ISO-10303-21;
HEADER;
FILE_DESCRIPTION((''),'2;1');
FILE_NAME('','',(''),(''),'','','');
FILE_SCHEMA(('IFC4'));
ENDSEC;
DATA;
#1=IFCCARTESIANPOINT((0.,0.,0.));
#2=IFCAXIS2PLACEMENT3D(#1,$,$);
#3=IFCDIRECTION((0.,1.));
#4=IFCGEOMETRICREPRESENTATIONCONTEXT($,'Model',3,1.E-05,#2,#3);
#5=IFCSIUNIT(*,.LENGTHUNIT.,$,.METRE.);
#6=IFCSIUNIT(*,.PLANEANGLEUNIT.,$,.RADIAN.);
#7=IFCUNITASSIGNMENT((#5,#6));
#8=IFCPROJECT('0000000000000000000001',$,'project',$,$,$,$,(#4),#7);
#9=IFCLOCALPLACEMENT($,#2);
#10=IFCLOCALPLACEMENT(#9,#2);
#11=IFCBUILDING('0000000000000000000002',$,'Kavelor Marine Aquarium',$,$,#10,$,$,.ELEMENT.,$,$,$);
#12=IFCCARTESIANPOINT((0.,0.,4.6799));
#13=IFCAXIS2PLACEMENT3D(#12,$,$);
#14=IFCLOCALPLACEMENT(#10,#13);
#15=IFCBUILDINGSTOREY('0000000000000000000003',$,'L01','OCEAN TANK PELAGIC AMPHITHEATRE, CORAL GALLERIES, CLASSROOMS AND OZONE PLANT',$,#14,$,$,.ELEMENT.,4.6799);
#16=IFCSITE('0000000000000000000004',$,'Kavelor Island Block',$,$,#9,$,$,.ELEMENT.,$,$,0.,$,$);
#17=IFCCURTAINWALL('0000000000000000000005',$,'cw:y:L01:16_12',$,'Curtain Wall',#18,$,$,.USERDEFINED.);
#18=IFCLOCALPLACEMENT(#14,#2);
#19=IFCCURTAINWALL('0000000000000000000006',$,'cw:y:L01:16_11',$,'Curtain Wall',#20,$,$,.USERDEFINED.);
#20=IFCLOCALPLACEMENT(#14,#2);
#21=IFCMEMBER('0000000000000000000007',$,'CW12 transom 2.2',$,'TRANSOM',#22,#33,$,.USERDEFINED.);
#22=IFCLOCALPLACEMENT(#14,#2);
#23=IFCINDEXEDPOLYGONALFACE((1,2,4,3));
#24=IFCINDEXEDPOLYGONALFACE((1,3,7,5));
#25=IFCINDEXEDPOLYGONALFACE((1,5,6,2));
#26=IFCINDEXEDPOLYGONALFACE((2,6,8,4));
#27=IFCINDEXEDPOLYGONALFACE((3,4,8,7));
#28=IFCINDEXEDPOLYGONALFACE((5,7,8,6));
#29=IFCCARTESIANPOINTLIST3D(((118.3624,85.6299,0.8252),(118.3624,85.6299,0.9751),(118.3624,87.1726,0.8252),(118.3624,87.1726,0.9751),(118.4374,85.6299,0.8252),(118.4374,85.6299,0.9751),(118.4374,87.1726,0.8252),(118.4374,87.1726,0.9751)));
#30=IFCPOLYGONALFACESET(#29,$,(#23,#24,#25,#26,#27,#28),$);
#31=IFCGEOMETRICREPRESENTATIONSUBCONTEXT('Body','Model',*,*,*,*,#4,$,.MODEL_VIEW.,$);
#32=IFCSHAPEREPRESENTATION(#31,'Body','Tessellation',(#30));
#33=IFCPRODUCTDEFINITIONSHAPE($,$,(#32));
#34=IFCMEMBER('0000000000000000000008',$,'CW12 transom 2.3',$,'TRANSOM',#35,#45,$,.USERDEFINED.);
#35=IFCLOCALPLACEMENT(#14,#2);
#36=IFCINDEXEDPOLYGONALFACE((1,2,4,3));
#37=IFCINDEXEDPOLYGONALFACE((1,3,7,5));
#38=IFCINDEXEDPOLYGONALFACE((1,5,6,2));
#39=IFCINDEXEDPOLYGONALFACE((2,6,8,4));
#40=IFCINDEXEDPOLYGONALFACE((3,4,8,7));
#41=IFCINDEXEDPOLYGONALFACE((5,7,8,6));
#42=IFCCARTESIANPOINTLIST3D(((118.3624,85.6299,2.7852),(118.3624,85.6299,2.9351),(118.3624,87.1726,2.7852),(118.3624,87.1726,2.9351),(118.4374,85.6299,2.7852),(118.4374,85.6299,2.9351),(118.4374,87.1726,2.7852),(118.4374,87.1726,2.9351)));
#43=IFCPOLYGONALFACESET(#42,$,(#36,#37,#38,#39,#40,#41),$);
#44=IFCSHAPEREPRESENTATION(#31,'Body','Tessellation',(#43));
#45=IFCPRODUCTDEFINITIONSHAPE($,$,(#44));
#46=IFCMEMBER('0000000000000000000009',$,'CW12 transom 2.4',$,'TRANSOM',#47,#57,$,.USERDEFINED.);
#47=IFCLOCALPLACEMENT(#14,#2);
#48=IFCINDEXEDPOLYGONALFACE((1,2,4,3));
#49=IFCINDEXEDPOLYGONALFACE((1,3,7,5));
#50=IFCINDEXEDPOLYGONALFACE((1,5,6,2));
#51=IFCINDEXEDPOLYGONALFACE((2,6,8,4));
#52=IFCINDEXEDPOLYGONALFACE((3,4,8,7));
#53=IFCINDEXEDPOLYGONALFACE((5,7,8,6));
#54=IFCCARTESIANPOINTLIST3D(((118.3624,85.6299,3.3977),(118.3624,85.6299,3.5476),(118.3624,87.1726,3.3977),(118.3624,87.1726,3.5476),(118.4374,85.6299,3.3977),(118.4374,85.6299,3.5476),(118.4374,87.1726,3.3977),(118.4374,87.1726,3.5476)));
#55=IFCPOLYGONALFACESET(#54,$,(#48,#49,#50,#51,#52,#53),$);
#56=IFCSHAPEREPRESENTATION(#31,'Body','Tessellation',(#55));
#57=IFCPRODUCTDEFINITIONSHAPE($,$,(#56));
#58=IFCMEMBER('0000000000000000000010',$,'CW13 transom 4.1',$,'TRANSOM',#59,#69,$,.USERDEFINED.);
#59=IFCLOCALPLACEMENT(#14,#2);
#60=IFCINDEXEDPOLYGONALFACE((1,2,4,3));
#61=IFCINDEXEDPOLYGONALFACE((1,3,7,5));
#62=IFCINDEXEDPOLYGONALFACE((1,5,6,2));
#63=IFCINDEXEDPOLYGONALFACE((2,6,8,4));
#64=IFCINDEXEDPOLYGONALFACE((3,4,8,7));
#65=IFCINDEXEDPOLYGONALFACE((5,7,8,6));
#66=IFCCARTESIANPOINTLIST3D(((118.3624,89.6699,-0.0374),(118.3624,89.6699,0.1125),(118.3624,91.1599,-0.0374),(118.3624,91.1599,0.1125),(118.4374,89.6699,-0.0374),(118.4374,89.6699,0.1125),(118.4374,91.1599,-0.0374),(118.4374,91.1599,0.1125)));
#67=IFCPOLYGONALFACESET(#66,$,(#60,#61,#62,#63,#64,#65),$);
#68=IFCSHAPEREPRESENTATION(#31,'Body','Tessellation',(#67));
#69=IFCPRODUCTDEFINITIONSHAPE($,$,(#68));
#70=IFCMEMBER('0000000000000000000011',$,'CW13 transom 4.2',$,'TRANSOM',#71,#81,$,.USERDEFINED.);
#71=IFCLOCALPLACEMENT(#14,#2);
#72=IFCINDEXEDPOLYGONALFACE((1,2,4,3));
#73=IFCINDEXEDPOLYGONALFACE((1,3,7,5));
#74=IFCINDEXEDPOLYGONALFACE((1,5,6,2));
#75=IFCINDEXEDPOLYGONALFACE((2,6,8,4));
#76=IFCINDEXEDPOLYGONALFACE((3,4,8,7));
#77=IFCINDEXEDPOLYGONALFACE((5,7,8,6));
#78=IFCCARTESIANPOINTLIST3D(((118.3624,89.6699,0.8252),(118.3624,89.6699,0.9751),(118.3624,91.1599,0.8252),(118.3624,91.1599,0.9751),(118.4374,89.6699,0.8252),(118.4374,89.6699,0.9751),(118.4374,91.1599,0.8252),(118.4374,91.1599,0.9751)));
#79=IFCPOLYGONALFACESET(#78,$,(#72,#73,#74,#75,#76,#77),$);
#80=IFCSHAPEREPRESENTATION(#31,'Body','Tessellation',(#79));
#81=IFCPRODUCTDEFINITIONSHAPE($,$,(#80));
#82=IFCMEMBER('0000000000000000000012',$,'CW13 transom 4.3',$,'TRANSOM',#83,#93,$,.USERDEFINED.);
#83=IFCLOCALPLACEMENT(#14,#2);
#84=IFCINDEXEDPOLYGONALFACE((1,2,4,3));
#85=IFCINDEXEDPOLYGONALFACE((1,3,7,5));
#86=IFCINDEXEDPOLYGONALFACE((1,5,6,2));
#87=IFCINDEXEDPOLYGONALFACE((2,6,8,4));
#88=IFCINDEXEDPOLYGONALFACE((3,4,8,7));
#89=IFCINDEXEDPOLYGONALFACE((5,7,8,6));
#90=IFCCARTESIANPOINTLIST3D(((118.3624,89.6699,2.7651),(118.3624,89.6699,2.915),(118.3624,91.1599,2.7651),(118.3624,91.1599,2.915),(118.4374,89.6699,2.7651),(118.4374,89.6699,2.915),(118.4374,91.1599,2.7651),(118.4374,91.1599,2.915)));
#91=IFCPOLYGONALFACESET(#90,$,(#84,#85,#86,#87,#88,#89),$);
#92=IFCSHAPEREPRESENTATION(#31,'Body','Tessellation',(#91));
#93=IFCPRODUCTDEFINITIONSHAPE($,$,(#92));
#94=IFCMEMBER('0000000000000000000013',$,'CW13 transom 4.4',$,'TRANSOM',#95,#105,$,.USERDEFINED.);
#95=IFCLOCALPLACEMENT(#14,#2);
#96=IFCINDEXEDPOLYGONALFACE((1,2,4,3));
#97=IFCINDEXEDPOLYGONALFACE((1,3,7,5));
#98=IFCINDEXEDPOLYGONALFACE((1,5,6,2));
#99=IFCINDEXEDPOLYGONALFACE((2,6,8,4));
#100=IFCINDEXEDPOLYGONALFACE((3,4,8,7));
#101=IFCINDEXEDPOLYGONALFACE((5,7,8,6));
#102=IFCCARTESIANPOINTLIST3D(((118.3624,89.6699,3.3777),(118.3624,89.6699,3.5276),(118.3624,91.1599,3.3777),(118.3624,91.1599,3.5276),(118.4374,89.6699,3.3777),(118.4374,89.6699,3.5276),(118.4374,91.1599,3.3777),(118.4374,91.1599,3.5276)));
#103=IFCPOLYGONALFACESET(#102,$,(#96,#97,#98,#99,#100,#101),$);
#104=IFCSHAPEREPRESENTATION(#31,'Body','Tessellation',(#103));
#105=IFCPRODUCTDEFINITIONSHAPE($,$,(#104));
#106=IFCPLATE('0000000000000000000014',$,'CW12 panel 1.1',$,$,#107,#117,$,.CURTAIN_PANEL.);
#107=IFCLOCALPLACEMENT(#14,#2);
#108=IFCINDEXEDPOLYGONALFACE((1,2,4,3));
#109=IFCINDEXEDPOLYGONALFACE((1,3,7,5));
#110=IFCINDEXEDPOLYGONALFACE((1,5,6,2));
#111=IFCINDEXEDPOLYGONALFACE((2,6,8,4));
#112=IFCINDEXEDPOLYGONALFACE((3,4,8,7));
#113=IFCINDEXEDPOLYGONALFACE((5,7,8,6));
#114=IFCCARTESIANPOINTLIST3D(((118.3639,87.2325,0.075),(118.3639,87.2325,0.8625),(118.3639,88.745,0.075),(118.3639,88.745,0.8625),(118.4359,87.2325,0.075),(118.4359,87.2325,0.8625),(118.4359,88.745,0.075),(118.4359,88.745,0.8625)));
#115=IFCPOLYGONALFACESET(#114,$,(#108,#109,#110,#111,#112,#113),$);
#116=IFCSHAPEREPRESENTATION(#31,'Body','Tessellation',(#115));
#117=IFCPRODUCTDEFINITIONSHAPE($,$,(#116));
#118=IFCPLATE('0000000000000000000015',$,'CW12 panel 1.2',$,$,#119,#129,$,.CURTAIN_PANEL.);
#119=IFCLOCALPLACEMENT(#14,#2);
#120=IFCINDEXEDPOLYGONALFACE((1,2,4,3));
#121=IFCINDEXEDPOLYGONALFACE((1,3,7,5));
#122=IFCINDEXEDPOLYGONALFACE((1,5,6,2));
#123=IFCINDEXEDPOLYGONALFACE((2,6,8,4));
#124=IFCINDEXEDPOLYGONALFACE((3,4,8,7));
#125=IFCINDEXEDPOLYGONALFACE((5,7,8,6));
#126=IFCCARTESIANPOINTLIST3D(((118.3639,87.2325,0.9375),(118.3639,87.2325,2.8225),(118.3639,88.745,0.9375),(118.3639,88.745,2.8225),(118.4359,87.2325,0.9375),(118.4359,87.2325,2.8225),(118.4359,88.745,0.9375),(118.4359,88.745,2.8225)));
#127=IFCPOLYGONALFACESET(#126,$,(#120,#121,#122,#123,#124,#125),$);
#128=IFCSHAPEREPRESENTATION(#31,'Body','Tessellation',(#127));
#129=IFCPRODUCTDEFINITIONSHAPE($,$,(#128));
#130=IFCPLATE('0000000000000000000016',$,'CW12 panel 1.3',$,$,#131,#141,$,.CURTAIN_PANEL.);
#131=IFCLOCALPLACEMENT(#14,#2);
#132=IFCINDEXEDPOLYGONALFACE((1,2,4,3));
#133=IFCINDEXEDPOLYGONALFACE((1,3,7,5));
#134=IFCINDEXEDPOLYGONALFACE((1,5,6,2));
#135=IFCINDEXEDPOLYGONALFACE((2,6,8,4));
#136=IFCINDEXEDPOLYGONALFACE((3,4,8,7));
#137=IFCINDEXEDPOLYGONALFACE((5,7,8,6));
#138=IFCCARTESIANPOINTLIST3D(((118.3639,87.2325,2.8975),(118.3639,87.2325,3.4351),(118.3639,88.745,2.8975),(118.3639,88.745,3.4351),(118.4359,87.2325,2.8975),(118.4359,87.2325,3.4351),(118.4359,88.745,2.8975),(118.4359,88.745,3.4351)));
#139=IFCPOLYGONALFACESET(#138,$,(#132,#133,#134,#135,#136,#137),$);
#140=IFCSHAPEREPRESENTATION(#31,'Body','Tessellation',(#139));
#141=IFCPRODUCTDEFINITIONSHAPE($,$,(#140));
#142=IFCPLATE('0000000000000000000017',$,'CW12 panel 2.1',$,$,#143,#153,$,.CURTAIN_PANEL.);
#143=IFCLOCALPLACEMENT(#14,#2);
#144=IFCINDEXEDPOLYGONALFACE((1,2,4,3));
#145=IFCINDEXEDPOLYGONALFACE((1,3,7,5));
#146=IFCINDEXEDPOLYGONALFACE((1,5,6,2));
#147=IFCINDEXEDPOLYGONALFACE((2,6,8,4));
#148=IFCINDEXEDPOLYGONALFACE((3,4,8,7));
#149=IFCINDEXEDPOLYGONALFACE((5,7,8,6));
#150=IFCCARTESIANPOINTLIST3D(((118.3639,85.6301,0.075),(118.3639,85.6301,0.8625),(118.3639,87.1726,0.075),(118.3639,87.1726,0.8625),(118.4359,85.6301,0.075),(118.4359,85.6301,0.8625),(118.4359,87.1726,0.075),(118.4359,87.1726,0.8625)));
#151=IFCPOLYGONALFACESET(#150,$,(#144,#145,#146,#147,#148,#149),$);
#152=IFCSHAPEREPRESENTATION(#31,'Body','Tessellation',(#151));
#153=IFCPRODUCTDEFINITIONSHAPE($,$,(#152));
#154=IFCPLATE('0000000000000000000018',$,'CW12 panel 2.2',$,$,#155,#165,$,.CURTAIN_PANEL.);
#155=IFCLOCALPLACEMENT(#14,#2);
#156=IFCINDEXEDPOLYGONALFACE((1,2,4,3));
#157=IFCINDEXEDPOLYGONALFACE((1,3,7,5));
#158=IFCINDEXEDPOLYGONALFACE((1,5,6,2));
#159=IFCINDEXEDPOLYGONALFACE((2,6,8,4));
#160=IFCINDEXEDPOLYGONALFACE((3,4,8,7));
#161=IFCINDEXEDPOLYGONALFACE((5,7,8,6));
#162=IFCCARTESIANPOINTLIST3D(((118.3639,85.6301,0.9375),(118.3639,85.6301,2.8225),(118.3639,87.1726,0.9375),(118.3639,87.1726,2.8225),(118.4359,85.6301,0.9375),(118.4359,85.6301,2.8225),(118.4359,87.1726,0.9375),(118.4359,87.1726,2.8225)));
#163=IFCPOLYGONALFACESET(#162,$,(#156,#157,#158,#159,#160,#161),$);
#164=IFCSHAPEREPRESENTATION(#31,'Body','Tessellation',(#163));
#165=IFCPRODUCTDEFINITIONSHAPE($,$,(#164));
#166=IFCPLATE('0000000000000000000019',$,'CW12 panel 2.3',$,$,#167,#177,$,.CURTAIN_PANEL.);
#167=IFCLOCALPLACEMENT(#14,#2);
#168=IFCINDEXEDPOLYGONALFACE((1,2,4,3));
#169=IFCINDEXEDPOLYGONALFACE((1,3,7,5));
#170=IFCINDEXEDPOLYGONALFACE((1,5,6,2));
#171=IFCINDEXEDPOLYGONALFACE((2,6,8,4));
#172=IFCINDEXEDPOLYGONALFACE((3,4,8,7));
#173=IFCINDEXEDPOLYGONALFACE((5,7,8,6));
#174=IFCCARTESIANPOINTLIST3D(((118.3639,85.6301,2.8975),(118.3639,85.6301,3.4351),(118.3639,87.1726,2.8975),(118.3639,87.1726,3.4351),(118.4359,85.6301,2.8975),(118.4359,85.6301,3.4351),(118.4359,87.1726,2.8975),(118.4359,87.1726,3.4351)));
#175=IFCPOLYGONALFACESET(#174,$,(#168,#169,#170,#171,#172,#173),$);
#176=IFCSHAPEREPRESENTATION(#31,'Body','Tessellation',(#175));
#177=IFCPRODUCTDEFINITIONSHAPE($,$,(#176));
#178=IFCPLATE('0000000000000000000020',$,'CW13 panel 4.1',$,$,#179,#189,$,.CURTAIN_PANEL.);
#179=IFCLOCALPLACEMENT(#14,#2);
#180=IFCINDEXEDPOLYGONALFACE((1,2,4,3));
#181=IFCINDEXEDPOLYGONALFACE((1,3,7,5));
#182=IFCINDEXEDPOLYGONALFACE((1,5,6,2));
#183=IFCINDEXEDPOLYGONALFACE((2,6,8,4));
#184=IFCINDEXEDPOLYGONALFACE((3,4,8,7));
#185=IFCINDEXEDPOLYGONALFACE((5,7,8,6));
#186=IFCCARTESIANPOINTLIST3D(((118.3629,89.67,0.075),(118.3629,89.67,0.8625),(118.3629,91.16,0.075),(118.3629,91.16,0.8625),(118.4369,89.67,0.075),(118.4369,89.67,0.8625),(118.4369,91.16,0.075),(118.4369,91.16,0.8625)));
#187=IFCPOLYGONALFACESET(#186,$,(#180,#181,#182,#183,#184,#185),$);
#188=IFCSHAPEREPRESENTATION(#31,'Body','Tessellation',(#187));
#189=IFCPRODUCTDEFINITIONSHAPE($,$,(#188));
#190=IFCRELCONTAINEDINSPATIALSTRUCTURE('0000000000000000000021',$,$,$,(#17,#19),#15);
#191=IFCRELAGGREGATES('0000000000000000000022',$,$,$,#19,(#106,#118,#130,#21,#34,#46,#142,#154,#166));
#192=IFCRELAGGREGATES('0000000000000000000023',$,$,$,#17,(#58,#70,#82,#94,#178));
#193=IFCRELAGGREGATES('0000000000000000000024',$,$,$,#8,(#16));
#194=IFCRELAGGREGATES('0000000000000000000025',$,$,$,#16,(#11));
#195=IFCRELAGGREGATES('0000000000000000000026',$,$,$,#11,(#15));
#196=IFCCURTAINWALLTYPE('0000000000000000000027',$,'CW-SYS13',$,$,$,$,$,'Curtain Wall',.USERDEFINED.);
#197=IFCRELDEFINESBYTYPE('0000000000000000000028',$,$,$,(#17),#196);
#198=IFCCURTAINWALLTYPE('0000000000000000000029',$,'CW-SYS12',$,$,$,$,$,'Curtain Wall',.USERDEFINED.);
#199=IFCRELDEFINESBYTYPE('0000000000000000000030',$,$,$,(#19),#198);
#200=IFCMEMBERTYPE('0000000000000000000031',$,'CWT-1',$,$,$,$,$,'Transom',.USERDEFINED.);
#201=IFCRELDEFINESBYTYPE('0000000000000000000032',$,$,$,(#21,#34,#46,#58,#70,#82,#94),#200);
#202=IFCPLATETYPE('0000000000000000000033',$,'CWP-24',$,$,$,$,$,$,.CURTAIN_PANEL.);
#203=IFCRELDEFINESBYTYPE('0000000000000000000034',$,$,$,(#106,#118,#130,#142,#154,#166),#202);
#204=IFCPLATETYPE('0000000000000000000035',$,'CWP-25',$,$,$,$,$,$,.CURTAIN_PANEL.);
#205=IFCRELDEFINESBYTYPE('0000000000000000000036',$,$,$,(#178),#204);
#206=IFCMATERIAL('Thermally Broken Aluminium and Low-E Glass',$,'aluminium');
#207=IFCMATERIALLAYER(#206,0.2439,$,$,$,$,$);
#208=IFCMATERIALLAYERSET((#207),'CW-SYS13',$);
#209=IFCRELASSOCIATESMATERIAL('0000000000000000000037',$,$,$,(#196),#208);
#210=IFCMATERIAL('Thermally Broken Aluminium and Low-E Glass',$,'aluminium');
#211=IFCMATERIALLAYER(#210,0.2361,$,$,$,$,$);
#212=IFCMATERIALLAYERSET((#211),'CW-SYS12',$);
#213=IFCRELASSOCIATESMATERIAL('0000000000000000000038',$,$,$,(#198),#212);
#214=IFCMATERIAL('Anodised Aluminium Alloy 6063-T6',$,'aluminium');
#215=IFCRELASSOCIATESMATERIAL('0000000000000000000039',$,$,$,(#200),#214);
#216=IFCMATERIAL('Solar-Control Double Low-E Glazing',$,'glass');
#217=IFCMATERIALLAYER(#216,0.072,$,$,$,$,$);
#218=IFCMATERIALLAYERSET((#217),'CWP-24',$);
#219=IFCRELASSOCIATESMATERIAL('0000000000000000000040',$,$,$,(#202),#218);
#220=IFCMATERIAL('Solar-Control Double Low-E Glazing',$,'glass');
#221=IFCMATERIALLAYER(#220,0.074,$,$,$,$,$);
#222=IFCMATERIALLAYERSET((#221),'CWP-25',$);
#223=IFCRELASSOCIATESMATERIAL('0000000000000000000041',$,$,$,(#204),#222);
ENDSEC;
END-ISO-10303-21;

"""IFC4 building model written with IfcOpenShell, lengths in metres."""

from ifc_helpers import new_model, si_unit, direction, frame, origin, origin_2d, place, context, subcontext, project, spatial, rectangle, extrude, material, layer, layer_set, material_profile, profile_set, type_object, element, aggregate, save


model = new_model("IFC4")

# Units and contexts
model_context = context("Model", 3, precision=1e-05, world=origin(), true_north=direction((0.0, 1.0)))
body_context = subcontext(model_context, "Body", "Model", "MODEL_VIEW")
ifc_project = project(units=[si_unit("LENGTHUNIT", "METRE"), si_unit("PLANEANGLEUNIT", "RADIAN")], contexts=[model_context])

# Site, building, storey
site_placement = place(None, origin())
site = spatial("IfcSite", under=ifc_project, at=site_placement, Name="Kavelor Island Block", CompositionType="ELEMENT", RefElevation=0.0)
building_placement = place(site_placement, origin())
building = spatial("IfcBuilding", under=site, at=building_placement, Name="Kavelor Marine Aquarium", CompositionType="ELEMENT")
storey_placement = place(building_placement, frame((0.0, 0.0, 4.6799)))
storey = spatial("IfcBuildingStorey", under=building, at=storey_placement, Name="L01", Description="OCEAN TANK PELAGIC AMPHITHEATRE, CORAL GALLERIES, CLASSROOMS AND OZONE PLANT", CompositionType="ELEMENT", Elevation=4.6799)

# Curtain wall
ifc_material_1 = material(Name="Thermally Broken Aluminium and Low-E Glass", Category="aluminium")
ifc_layer_1 = layer(ifc_material_1, 0.2439)
ifc_layer_set_1 = layer_set([ifc_layer_1], Name="CW-SYS13")
curtain_wall_type_1 = type_object("IfcCurtainWallType", Name="CW-SYS13", ElementType="Curtain Wall", PredefinedType="USERDEFINED", material=ifc_layer_set_1)
curtain_wall_1_placement = place(storey_placement, origin())
curtain_wall_1 = element("IfcCurtainWall", 1, at=curtain_wall_1_placement, inside=storey, type_object=curtain_wall_type_1, Name="cw:y:L01:16_12", ObjectType="Curtain Wall", PredefinedType="USERDEFINED")

# Curtain wall, members
ifc_material_2 = material(Name="Thermally Broken Aluminium and Low-E Glass", Category="aluminium")
ifc_layer_2 = layer(ifc_material_2, 0.2361)
ifc_layer_set_2 = layer_set([ifc_layer_2], Name="CW-SYS12")
curtain_wall_type_2 = type_object("IfcCurtainWallType", Name="CW-SYS12", ElementType="Curtain Wall", PredefinedType="USERDEFINED", material=ifc_layer_set_2)
curtain_wall_2_placement = place(storey_placement, origin())
curtain_wall_2 = element("IfcCurtainWall", 2, at=curtain_wall_2_placement, inside=storey, type_object=curtain_wall_type_2, Name="cw:y:L01:16_11", ObjectType="Curtain Wall", PredefinedType="USERDEFINED")
ifc_material_3 = material(Name="Anodised Aluminium Alloy 6063-T6", Category="aluminium")
ifc_material_profile_1 = material_profile(ifc_material_3, rectangle(XDim=0.075, YDim=0.1499, at=origin_2d()), Name="CW-TRN 75x150")
ifc_profile_set_1 = profile_set([ifc_material_profile_1], Name="Anodised Aluminium Alloy 6063-T6")
member_type_1 = type_object("IfcMemberType", Name="CWT-1", ElementType="Transom", PredefinedType="USERDEFINED", material=ifc_profile_set_1)
member_1_placement = place(storey_placement, frame((118.3999, 87.1726, 0.9001), z_axis=(0.0, -1.0, 0.0), x_axis=(1.0, 0.0, 0.0)))
member_1 = element("IfcMember", 3, at=member_1_placement, type_object=member_type_1, Name="CW12 transom 2.2", ObjectType="TRANSOM", PredefinedType="USERDEFINED", context=body_context, shape_type="SweptSolid", body=[
    extrude(rectangle(XDim=0.075, YDim=0.1499, at=origin_2d()), origin(), (0.0, 0.0, 1.0), 1.5427),
])
member_2_placement = place(storey_placement, frame((118.3999, 87.1726, 2.8601), z_axis=(0.0, -1.0, 0.0), x_axis=(1.0, 0.0, 0.0)))
member_2 = element("IfcMember", 4, at=member_2_placement, type_object=member_type_1, Name="CW12 transom 2.3", ObjectType="TRANSOM", PredefinedType="USERDEFINED", context=body_context, shape_type="SweptSolid", body=[
    extrude(rectangle(XDim=0.075, YDim=0.1499, at=origin_2d()), origin(), (0.0, 0.0, 1.0), 1.5427),
])
member_3_placement = place(storey_placement, frame((118.3999, 87.1726, 3.4727), z_axis=(0.0, -1.0, 0.0), x_axis=(1.0, 0.0, 0.0)))
member_3 = element("IfcMember", 5, at=member_3_placement, type_object=member_type_1, Name="CW12 transom 2.4", ObjectType="TRANSOM", PredefinedType="USERDEFINED", context=body_context, shape_type="SweptSolid", body=[
    extrude(rectangle(XDim=0.075, YDim=0.1499, at=origin_2d()), origin(), (0.0, 0.0, 1.0), 1.5427),
])

# Members
member_4_placement = place(storey_placement, frame((118.3999, 91.1599, 0.0376), z_axis=(0.0, -1.0, 0.0), x_axis=(1.0, 0.0, 0.0)))
member_4 = element("IfcMember", 6, at=member_4_placement, type_object=member_type_1, Name="CW13 transom 4.1", ObjectType="TRANSOM", PredefinedType="USERDEFINED", context=body_context, shape_type="SweptSolid", body=[
    extrude(rectangle(XDim=0.075, YDim=0.1499, at=origin_2d()), origin(), (0.0, 0.0, 1.0), 1.49),
])
member_5_placement = place(storey_placement, frame((118.3999, 91.1599, 0.9001), z_axis=(0.0, -1.0, 0.0), x_axis=(1.0, 0.0, 0.0)))
member_5 = element("IfcMember", 7, at=member_5_placement, type_object=member_type_1, Name="CW13 transom 4.2", ObjectType="TRANSOM", PredefinedType="USERDEFINED", context=body_context, shape_type="SweptSolid", body=[
    extrude(rectangle(XDim=0.075, YDim=0.1499, at=origin_2d()), origin(), (0.0, 0.0, 1.0), 1.49),
])
member_6_placement = place(storey_placement, frame((118.3999, 91.1599, 2.8401), z_axis=(0.0, -1.0, 0.0), x_axis=(1.0, 0.0, 0.0)))
member_6 = element("IfcMember", 8, at=member_6_placement, type_object=member_type_1, Name="CW13 transom 4.3", ObjectType="TRANSOM", PredefinedType="USERDEFINED", context=body_context, shape_type="SweptSolid", body=[
    extrude(rectangle(XDim=0.075, YDim=0.1499, at=origin_2d()), origin(), (0.0, 0.0, 1.0), 1.49),
])
member_7_placement = place(storey_placement, frame((118.3999, 91.1599, 3.4526), z_axis=(0.0, -1.0, 0.0), x_axis=(1.0, 0.0, 0.0)))
member_7 = element("IfcMember", 9, at=member_7_placement, type_object=member_type_1, Name="CW13 transom 4.4", ObjectType="TRANSOM", PredefinedType="USERDEFINED", context=body_context, shape_type="SweptSolid", body=[
    extrude(rectangle(XDim=0.075, YDim=0.1499, at=origin_2d()), origin(), (0.0, 0.0, 1.0), 1.49),
])

# Plates
ifc_material_4 = material(Name="Solar-Control Double Low-E Glazing", Category="glass")
ifc_layer_3 = layer(ifc_material_4, 0.072)
ifc_layer_set_3 = layer_set([ifc_layer_3], Name="CWP-24")
plate_type_1 = type_object("IfcPlateType", Name="CWP-24", PredefinedType="CURTAIN_PANEL", material=ifc_layer_set_3)
plate_1_placement = place(storey_placement, frame((118.3999, 87.9888, 0.075), z_axis=(0.0, 0.0, 1.0), x_axis=(0.0, -1.0, 0.0)))
plate_1 = element("IfcPlate", 10, at=plate_1_placement, type_object=plate_type_1, Name="CW12 panel 1.1", PredefinedType="CURTAIN_PANEL", context=body_context, shape_type="SweptSolid", body=[
    extrude(rectangle(XDim=1.5125, YDim=0.072, at=origin_2d()), origin(), (0.0, 0.0, 1.0), 0.7876),
])
plate_2_placement = place(storey_placement, frame((118.3999, 87.9888, 0.9375), z_axis=(0.0, 0.0, 1.0), x_axis=(0.0, -1.0, 0.0)))
plate_2 = element("IfcPlate", 11, at=plate_2_placement, type_object=plate_type_1, Name="CW12 panel 1.2", PredefinedType="CURTAIN_PANEL", context=body_context, shape_type="SweptSolid", body=[
    extrude(rectangle(XDim=1.5125, YDim=0.072, at=origin_2d()), origin(), (0.0, 0.0, 1.0), 1.885),
])
plate_3_placement = place(storey_placement, frame((118.3999, 87.9888, 2.8975), z_axis=(0.0, 0.0, 1.0), x_axis=(0.0, -1.0, 0.0)))
plate_3 = element("IfcPlate", 12, at=plate_3_placement, type_object=plate_type_1, Name="CW12 panel 1.3", PredefinedType="CURTAIN_PANEL", context=body_context, shape_type="SweptSolid", body=[
    extrude(rectangle(XDim=1.5125, YDim=0.072, at=origin_2d()), origin(), (0.0, 0.0, 1.0), 0.5376),
])
plate_4_placement = place(storey_placement, frame((118.3999, 86.4014, 0.075), z_axis=(0.0, 0.0, 1.0), x_axis=(0.0, -1.0, 0.0)))
plate_4 = element("IfcPlate", 13, at=plate_4_placement, type_object=plate_type_1, Name="CW12 panel 2.1", PredefinedType="CURTAIN_PANEL", context=body_context, shape_type="SweptSolid", body=[
    extrude(rectangle(XDim=1.5425, YDim=0.072, at=origin_2d()), origin(), (0.0, 0.0, 1.0), 0.7876),
])
plate_5_placement = place(storey_placement, frame((118.3999, 86.4014, 0.9375), z_axis=(0.0, 0.0, 1.0), x_axis=(0.0, -1.0, 0.0)))
plate_5 = element("IfcPlate", 14, at=plate_5_placement, type_object=plate_type_1, Name="CW12 panel 2.2", PredefinedType="CURTAIN_PANEL", context=body_context, shape_type="SweptSolid", body=[
    extrude(rectangle(XDim=1.5425, YDim=0.072, at=origin_2d()), origin(), (0.0, 0.0, 1.0), 1.885),
])
plate_6_placement = place(storey_placement, frame((118.3999, 86.4014, 2.8975), z_axis=(0.0, 0.0, 1.0), x_axis=(0.0, -1.0, 0.0)))
plate_6 = element("IfcPlate", 15, at=plate_6_placement, type_object=plate_type_1, Name="CW12 panel 2.3", PredefinedType="CURTAIN_PANEL", context=body_context, shape_type="SweptSolid", body=[
    extrude(rectangle(XDim=1.5425, YDim=0.072, at=origin_2d()), origin(), (0.0, 0.0, 1.0), 0.5376),
])
aggregate(curtain_wall_2, [plate_1, plate_2, plate_3, member_1, member_2, member_3, plate_4, plate_5, plate_6])
ifc_material_5 = material(Name="Solar-Control Double Low-E Glazing", Category="glass")
ifc_layer_4 = layer(ifc_material_5, 0.074)
ifc_layer_set_4 = layer_set([ifc_layer_4], Name="CWP-25")
plate_type_2 = type_object("IfcPlateType", Name="CWP-25", PredefinedType="CURTAIN_PANEL", material=ifc_layer_set_4)
plate_7_placement = place(storey_placement, frame((118.3999, 90.415, 0.075), z_axis=(0.0, 0.0, 1.0), x_axis=(0.0, -1.0, 0.0)))
plate_7 = element("IfcPlate", 16, at=plate_7_placement, type_object=plate_type_2, Name="CW13 panel 4.1", PredefinedType="CURTAIN_PANEL", context=body_context, shape_type="SweptSolid", body=[
    extrude(rectangle(XDim=1.49, YDim=0.074, at=origin_2d()), origin(), (0.0, 0.0, 1.0), 0.7876),
])
aggregate(curtain_wall_1, [member_4, member_5, member_6, member_7, plate_7])

save(model, "model.ifc")
